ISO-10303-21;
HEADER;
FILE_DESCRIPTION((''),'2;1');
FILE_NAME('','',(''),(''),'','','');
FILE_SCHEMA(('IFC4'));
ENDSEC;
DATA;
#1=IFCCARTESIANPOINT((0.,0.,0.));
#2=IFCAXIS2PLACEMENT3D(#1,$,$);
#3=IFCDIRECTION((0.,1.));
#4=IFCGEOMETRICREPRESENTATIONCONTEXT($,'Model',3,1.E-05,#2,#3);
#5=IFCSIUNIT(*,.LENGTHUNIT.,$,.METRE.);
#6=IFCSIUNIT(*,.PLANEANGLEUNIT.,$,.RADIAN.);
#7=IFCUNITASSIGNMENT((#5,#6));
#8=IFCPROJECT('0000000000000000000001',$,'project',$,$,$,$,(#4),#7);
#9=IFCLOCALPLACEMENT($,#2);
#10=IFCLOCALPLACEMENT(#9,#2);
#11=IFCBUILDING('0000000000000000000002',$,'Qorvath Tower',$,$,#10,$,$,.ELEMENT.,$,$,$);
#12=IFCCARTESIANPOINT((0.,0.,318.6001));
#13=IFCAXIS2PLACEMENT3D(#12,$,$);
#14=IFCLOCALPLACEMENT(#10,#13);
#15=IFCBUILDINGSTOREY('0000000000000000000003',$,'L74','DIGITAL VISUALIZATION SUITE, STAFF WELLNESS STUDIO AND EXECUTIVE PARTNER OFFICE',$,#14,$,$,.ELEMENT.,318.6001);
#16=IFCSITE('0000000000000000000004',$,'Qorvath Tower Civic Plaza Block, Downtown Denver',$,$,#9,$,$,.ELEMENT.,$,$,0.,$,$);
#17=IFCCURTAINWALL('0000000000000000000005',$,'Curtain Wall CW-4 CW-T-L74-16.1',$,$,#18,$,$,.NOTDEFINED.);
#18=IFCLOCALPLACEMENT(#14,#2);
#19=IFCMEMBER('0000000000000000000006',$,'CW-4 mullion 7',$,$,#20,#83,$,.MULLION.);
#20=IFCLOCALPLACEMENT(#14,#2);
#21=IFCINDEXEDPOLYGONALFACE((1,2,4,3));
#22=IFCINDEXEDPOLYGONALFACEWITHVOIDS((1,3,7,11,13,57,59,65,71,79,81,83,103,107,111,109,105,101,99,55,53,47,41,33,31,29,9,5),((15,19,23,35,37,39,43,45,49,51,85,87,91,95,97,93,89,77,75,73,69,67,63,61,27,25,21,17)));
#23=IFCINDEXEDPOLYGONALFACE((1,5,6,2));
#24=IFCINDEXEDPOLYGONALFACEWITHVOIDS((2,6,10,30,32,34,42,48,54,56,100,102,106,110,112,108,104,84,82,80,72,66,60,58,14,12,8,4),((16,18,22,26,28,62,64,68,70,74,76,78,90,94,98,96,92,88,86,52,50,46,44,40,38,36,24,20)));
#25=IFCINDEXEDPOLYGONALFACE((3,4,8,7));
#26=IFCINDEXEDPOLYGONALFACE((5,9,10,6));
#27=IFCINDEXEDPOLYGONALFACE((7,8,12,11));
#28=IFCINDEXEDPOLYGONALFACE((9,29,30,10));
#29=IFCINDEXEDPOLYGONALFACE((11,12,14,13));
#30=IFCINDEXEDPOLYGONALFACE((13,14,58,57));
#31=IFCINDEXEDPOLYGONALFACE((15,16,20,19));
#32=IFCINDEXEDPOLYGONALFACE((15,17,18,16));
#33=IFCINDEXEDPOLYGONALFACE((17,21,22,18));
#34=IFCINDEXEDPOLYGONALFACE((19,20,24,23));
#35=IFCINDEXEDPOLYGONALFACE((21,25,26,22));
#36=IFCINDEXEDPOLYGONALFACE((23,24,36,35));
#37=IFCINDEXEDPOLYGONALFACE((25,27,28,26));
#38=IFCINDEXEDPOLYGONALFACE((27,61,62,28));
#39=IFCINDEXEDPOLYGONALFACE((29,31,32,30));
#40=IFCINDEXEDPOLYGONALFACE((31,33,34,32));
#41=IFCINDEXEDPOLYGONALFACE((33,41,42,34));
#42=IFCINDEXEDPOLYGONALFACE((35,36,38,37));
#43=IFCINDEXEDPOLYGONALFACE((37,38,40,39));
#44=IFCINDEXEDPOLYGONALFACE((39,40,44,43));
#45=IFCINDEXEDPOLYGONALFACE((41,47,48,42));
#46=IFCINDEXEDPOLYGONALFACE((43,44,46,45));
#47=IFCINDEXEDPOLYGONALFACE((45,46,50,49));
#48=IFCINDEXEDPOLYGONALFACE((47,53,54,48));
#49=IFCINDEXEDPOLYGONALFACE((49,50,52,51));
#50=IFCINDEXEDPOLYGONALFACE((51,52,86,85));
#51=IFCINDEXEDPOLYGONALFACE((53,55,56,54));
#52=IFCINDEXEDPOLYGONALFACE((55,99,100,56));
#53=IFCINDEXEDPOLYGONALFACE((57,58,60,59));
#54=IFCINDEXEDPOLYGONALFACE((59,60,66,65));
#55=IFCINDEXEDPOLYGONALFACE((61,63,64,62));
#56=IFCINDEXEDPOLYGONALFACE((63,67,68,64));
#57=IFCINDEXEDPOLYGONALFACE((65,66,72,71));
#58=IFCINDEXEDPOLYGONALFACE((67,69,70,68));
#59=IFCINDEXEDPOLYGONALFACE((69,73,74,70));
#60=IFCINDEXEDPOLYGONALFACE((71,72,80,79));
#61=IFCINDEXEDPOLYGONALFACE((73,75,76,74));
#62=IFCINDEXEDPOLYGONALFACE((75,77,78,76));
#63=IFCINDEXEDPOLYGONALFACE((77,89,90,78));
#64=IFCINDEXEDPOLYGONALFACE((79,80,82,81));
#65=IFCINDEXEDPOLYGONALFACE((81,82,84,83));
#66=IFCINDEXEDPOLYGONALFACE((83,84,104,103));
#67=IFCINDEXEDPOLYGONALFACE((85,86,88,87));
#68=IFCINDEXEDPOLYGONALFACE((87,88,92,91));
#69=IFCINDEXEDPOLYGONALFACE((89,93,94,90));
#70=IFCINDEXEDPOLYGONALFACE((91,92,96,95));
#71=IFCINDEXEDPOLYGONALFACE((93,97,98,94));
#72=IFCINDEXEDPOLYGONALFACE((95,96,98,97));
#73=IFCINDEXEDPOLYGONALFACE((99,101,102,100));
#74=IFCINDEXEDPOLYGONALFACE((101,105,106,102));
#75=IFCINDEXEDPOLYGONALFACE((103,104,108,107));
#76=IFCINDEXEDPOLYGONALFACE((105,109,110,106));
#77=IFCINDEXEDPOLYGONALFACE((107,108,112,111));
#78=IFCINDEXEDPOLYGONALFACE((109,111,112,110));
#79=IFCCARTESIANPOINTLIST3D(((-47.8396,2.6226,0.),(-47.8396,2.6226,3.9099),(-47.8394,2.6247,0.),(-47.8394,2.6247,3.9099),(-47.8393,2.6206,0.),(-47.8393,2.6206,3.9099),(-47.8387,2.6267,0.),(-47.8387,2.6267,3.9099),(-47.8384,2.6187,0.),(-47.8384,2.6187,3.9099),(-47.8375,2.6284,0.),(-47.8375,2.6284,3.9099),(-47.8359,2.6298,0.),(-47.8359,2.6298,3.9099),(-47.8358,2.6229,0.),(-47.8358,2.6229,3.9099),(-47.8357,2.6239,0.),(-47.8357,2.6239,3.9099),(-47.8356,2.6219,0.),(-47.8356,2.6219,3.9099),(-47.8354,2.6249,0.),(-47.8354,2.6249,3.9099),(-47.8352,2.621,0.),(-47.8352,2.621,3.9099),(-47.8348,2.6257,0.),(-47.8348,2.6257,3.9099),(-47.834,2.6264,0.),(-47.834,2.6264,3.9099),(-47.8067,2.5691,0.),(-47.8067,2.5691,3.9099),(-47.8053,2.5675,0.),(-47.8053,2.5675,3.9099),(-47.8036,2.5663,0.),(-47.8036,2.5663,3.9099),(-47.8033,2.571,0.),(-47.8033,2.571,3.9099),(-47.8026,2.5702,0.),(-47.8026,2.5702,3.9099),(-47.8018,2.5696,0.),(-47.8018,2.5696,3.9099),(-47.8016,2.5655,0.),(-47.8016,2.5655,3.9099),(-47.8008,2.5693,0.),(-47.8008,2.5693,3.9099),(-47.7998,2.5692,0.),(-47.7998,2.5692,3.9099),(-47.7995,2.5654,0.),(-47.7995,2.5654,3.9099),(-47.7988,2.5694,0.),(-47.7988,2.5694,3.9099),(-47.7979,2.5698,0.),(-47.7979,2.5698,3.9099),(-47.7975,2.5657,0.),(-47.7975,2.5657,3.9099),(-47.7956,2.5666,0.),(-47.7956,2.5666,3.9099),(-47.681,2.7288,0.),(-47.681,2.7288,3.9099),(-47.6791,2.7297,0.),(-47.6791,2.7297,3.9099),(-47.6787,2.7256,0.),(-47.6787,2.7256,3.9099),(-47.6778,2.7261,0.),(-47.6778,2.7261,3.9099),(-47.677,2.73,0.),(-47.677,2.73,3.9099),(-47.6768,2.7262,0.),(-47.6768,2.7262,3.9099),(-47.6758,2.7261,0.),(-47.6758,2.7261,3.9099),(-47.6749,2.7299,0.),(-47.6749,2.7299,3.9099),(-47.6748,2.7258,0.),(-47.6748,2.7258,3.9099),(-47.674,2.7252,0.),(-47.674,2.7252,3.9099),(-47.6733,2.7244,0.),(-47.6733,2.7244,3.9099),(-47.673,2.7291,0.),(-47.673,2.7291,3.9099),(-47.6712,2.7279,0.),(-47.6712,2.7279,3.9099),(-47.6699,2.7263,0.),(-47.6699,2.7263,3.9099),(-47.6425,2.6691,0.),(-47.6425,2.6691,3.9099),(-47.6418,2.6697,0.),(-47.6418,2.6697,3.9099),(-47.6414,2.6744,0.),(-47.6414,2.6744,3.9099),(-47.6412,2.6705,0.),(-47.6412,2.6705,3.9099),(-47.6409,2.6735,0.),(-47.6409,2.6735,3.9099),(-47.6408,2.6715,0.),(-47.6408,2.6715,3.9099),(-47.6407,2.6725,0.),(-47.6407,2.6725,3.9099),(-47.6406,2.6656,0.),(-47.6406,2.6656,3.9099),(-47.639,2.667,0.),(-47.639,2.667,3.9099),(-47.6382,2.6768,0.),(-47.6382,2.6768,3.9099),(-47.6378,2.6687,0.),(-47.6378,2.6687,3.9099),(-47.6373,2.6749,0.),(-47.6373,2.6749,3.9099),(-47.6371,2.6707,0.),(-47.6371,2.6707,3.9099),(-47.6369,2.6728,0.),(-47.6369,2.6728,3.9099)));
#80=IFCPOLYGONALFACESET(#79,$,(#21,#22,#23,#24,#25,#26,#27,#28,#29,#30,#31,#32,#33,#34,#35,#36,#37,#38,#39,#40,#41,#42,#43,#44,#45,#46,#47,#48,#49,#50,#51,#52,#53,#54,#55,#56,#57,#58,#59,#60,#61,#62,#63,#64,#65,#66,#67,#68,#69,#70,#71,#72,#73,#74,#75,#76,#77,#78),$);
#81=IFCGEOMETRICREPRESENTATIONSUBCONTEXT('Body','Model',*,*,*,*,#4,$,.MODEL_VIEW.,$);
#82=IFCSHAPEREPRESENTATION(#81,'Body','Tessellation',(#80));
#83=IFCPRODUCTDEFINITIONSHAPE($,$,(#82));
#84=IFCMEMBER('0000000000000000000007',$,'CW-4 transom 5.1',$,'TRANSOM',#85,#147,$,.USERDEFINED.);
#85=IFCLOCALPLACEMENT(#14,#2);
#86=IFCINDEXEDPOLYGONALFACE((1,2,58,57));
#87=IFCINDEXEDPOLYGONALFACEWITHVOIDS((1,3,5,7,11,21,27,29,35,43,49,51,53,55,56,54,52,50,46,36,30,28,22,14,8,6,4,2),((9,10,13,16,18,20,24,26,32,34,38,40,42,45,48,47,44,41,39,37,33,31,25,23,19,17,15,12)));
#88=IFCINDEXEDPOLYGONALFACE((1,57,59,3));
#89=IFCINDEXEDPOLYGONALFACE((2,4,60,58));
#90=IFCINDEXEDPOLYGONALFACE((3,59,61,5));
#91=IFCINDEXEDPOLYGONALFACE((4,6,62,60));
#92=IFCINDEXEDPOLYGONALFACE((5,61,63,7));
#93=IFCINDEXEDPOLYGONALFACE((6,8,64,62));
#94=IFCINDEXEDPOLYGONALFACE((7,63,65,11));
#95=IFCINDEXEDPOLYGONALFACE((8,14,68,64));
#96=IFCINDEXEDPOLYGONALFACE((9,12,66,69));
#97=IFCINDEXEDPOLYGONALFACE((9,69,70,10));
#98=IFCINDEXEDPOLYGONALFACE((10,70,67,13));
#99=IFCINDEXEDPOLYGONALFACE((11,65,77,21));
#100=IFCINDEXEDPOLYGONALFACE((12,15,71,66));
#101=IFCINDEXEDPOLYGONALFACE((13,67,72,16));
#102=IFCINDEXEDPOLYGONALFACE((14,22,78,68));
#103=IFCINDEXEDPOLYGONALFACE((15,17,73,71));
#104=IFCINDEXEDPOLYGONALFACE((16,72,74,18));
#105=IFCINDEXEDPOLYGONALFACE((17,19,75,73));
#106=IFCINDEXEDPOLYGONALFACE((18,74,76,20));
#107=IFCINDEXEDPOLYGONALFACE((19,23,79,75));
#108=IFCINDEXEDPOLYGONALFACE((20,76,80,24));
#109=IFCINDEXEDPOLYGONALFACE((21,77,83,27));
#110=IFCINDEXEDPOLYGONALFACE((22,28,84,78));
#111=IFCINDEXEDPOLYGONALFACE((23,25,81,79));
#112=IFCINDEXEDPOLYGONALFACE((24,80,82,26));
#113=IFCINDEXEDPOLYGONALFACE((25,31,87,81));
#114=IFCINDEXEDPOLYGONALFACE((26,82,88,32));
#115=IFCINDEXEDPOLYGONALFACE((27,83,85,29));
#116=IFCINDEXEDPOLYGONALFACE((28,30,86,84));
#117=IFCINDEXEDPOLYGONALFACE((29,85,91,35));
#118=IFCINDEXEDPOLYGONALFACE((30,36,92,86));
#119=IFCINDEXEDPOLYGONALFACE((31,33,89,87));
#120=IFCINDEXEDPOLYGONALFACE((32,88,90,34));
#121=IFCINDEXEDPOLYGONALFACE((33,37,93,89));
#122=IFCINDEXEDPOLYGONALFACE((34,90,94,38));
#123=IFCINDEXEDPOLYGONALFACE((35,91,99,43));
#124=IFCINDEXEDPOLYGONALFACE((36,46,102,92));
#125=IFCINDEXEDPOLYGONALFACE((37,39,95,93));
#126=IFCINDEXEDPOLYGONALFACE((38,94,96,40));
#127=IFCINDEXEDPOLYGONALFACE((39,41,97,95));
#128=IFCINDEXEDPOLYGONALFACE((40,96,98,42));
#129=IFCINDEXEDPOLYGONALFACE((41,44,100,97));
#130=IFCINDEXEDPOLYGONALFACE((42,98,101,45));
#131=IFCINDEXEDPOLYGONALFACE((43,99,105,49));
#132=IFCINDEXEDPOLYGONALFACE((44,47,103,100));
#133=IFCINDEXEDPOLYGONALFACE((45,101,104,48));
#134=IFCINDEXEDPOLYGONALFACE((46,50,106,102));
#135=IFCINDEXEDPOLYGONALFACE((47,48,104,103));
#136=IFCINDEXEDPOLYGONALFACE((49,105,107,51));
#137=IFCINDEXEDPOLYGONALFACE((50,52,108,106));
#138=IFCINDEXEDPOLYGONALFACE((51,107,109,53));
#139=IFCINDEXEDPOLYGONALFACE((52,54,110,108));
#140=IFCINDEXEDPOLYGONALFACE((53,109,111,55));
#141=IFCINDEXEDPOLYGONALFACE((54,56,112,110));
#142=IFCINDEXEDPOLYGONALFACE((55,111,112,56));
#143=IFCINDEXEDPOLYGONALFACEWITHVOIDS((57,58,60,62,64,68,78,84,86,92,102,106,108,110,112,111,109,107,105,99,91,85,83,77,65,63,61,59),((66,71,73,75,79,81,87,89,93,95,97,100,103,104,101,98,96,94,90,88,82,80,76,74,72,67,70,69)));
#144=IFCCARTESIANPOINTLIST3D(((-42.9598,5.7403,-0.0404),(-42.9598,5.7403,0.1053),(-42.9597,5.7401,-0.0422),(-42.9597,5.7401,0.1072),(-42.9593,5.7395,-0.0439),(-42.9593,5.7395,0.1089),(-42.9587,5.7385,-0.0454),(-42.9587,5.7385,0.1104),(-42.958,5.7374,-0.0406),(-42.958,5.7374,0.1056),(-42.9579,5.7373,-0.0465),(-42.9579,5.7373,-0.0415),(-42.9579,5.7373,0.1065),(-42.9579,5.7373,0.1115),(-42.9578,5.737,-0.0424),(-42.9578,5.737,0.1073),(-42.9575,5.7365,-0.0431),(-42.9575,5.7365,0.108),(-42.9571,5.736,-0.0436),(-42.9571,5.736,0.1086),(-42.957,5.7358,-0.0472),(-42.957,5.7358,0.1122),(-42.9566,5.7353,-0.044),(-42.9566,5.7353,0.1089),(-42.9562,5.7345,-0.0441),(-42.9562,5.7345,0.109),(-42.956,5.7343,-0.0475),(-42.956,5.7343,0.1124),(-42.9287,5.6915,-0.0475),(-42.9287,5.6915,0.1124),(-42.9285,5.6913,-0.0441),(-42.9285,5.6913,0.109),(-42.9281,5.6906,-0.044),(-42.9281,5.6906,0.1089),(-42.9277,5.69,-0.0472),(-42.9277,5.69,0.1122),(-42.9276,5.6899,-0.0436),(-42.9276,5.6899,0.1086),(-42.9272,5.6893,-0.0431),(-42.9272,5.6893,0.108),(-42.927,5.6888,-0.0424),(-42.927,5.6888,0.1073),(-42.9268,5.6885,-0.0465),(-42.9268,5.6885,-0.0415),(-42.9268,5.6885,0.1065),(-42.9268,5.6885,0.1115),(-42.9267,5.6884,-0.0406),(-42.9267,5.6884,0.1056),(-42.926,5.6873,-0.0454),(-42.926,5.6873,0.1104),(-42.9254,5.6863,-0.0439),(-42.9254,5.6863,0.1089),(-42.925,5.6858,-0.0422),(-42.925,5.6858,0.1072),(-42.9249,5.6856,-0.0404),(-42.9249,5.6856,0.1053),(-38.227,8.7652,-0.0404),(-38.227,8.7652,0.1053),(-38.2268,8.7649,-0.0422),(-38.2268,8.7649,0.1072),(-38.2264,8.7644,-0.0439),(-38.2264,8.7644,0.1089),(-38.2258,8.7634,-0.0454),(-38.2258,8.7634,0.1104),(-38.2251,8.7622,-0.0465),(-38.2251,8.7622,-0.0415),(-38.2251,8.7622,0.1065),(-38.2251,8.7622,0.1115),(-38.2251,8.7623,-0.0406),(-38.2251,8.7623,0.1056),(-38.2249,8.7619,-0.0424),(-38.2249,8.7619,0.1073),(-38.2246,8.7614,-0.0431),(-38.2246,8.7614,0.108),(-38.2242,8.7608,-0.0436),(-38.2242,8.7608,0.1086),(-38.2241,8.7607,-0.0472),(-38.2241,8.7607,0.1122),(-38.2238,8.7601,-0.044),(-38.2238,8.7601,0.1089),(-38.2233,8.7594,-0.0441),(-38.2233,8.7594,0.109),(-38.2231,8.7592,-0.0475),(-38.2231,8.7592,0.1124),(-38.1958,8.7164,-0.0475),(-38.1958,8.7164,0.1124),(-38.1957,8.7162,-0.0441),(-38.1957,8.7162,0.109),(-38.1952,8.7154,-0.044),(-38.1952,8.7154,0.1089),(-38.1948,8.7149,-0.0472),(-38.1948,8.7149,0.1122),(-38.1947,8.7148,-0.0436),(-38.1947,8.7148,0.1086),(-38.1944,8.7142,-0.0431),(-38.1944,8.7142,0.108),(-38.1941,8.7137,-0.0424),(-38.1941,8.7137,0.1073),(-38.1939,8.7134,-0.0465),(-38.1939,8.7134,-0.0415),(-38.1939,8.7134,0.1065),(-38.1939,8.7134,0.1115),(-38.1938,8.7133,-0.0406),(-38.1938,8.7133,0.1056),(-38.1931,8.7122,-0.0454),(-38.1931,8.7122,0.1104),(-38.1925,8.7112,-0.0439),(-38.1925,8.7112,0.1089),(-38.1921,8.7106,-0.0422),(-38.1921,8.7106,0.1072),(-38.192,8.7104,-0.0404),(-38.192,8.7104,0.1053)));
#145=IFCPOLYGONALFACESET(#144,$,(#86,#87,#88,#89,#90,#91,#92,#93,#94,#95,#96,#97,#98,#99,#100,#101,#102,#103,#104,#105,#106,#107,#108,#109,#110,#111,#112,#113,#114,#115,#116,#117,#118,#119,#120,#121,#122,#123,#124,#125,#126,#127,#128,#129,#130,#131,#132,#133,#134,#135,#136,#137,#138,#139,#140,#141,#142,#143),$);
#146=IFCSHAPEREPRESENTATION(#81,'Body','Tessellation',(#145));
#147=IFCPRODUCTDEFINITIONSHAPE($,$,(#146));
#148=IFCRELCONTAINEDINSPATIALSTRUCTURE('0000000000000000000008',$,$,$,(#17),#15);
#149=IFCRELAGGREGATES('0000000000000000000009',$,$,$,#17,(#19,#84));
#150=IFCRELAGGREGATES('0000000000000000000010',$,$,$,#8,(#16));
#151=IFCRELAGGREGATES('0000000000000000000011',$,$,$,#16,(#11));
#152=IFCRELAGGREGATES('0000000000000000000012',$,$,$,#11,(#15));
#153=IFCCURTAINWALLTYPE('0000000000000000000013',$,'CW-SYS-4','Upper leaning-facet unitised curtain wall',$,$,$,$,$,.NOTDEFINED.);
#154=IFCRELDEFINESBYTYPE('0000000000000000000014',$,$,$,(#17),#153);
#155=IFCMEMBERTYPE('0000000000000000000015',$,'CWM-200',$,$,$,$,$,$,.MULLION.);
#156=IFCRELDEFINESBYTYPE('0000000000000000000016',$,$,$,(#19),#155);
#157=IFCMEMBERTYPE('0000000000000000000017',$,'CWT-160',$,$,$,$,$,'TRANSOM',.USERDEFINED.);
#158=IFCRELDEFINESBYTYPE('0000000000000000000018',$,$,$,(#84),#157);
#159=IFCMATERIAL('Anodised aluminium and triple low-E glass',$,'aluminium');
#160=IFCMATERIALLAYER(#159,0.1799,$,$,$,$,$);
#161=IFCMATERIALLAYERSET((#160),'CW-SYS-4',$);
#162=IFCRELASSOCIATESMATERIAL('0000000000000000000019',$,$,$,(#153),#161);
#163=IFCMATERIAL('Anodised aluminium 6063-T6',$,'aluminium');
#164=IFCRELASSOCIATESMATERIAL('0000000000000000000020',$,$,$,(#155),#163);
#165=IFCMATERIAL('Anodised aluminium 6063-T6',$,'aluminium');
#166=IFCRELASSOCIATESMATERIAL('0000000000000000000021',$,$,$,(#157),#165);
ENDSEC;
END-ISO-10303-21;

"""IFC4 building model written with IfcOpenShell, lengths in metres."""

from ifc_helpers import new_model, si_unit, direction, frame, origin, origin_2d, place, context, subcontext, project, spatial, hollow_rectangle, extrude, material, layer, layer_set, material_profile, profile_set, type_object, element, aggregate, save


model = new_model("IFC4")

# Units and contexts
model_context = context("Model", 3, precision=1e-05, world=origin(), true_north=direction((0.0, 1.0)))
body_context = subcontext(model_context, "Body", "Model", "MODEL_VIEW")
ifc_project = project(units=[si_unit("LENGTHUNIT", "METRE"), si_unit("PLANEANGLEUNIT", "RADIAN")], contexts=[model_context])

# Site, building, storey
site_placement = place(None, origin())
site = spatial("IfcSite", under=ifc_project, at=site_placement, Name="Qorvath Tower Civic Plaza Block, Downtown Denver", CompositionType="ELEMENT", RefElevation=0.0)
building_placement = place(site_placement, origin())
building = spatial("IfcBuilding", under=site, at=building_placement, Name="Qorvath Tower", CompositionType="ELEMENT")
storey_placement = place(building_placement, frame((0.0, 0.0, 318.6001)))
storey = spatial("IfcBuildingStorey", under=building, at=storey_placement, Name="L74", Description="DIGITAL VISUALIZATION SUITE, STAFF WELLNESS STUDIO AND EXECUTIVE PARTNER OFFICE", CompositionType="ELEMENT", Elevation=318.6001)

# Curtain wall, members
ifc_material_1 = material(Name="Anodised aluminium and triple low-E glass", Category="aluminium")
ifc_layer_1 = layer(ifc_material_1, 0.1799)
ifc_layer_set_1 = layer_set([ifc_layer_1], Name="CW-SYS-4")
curtain_wall_type = type_object("IfcCurtainWallType", Name="CW-SYS-4", Description="Upper leaning-facet unitised curtain wall", PredefinedType="NOTDEFINED", material=ifc_layer_set_1)
curtain_wall_placement = place(storey_placement, origin())
curtain_wall = element("IfcCurtainWall", 1, at=curtain_wall_placement, inside=storey, type_object=curtain_wall_type, Name="Curtain Wall CW-4 CW-T-L74-16.1", PredefinedType="NOTDEFINED")
ifc_material_2 = material(Name="Anodised aluminium 6063-T6", Category="aluminium")
ifc_material_profile_1 = material_profile(ifc_material_2, hollow_rectangle(XDim=0.075, YDim=0.2, WallThickness=0.0039, InnerFilletRadius=0.0039, OuterFilletRadius=0.0081, at=origin_2d()), Name="CWM 200x75")
ifc_profile_set_1 = profile_set([ifc_material_profile_1], Name="Anodised aluminium 6063-T6")
member_type_1 = type_object("IfcMemberType", Name="CWM-200", PredefinedType="MULLION", material=ifc_profile_set_1)
member_1_placement = place(storey_placement, frame((-47.7383, 2.6477, 0.0), z_axis=(0.0, 0.0, 1.0), x_axis=(0.538532, -0.842605, 0.0)))
member_1 = element("IfcMember", 2, at=member_1_placement, type_object=member_type_1, Name="CW-4 mullion 7", PredefinedType="MULLION", context=body_context, shape_type="SweptSolid", body=[
    extrude(hollow_rectangle(XDim=0.075, YDim=0.2, WallThickness=0.0039, InnerFilletRadius=0.0039, OuterFilletRadius=0.0081, at=origin_2d()), origin(), (0.0, 0.0, 1.0), 3.9099),
])
ifc_material_3 = material(Name="Anodised aluminium 6063-T6", Category="aluminium")
ifc_material_profile_2 = material_profile(ifc_material_3, hollow_rectangle(XDim=0.0649, YDim=0.1599, WallThickness=0.0034, InnerFilletRadius=0.0034, OuterFilletRadius=0.0071, at=origin_2d()), Name="CWT 160x65")
ifc_profile_set_2 = profile_set([ifc_material_profile_2], Name="Anodised aluminium 6063-T6")
member_type_2 = type_object("IfcMemberType", Name="CWT-160", ElementType="TRANSOM", PredefinedType="USERDEFINED", material=ifc_profile_set_2)
member_2_placement = place(storey_placement, frame((-38.2095, 8.7378, 0.0325), z_axis=(-0.842608, -0.538528, 0.0), x_axis=(0.538528, -0.842608, 0.0)))
member_2 = element("IfcMember", 3, at=member_2_placement, type_object=member_type_2, Name="CW-4 transom 5.1", ObjectType="TRANSOM", PredefinedType="USERDEFINED", context=body_context, shape_type="SweptSolid", body=[
    extrude(hollow_rectangle(XDim=0.0649, YDim=0.1599, WallThickness=0.0034, InnerFilletRadius=0.0034, OuterFilletRadius=0.0071, at=origin_2d()), origin(), (0.0, 0.0, 1.0), 5.6169),
])
aggregate(curtain_wall, [member_1, member_2])

save(model, "model.ifc")
